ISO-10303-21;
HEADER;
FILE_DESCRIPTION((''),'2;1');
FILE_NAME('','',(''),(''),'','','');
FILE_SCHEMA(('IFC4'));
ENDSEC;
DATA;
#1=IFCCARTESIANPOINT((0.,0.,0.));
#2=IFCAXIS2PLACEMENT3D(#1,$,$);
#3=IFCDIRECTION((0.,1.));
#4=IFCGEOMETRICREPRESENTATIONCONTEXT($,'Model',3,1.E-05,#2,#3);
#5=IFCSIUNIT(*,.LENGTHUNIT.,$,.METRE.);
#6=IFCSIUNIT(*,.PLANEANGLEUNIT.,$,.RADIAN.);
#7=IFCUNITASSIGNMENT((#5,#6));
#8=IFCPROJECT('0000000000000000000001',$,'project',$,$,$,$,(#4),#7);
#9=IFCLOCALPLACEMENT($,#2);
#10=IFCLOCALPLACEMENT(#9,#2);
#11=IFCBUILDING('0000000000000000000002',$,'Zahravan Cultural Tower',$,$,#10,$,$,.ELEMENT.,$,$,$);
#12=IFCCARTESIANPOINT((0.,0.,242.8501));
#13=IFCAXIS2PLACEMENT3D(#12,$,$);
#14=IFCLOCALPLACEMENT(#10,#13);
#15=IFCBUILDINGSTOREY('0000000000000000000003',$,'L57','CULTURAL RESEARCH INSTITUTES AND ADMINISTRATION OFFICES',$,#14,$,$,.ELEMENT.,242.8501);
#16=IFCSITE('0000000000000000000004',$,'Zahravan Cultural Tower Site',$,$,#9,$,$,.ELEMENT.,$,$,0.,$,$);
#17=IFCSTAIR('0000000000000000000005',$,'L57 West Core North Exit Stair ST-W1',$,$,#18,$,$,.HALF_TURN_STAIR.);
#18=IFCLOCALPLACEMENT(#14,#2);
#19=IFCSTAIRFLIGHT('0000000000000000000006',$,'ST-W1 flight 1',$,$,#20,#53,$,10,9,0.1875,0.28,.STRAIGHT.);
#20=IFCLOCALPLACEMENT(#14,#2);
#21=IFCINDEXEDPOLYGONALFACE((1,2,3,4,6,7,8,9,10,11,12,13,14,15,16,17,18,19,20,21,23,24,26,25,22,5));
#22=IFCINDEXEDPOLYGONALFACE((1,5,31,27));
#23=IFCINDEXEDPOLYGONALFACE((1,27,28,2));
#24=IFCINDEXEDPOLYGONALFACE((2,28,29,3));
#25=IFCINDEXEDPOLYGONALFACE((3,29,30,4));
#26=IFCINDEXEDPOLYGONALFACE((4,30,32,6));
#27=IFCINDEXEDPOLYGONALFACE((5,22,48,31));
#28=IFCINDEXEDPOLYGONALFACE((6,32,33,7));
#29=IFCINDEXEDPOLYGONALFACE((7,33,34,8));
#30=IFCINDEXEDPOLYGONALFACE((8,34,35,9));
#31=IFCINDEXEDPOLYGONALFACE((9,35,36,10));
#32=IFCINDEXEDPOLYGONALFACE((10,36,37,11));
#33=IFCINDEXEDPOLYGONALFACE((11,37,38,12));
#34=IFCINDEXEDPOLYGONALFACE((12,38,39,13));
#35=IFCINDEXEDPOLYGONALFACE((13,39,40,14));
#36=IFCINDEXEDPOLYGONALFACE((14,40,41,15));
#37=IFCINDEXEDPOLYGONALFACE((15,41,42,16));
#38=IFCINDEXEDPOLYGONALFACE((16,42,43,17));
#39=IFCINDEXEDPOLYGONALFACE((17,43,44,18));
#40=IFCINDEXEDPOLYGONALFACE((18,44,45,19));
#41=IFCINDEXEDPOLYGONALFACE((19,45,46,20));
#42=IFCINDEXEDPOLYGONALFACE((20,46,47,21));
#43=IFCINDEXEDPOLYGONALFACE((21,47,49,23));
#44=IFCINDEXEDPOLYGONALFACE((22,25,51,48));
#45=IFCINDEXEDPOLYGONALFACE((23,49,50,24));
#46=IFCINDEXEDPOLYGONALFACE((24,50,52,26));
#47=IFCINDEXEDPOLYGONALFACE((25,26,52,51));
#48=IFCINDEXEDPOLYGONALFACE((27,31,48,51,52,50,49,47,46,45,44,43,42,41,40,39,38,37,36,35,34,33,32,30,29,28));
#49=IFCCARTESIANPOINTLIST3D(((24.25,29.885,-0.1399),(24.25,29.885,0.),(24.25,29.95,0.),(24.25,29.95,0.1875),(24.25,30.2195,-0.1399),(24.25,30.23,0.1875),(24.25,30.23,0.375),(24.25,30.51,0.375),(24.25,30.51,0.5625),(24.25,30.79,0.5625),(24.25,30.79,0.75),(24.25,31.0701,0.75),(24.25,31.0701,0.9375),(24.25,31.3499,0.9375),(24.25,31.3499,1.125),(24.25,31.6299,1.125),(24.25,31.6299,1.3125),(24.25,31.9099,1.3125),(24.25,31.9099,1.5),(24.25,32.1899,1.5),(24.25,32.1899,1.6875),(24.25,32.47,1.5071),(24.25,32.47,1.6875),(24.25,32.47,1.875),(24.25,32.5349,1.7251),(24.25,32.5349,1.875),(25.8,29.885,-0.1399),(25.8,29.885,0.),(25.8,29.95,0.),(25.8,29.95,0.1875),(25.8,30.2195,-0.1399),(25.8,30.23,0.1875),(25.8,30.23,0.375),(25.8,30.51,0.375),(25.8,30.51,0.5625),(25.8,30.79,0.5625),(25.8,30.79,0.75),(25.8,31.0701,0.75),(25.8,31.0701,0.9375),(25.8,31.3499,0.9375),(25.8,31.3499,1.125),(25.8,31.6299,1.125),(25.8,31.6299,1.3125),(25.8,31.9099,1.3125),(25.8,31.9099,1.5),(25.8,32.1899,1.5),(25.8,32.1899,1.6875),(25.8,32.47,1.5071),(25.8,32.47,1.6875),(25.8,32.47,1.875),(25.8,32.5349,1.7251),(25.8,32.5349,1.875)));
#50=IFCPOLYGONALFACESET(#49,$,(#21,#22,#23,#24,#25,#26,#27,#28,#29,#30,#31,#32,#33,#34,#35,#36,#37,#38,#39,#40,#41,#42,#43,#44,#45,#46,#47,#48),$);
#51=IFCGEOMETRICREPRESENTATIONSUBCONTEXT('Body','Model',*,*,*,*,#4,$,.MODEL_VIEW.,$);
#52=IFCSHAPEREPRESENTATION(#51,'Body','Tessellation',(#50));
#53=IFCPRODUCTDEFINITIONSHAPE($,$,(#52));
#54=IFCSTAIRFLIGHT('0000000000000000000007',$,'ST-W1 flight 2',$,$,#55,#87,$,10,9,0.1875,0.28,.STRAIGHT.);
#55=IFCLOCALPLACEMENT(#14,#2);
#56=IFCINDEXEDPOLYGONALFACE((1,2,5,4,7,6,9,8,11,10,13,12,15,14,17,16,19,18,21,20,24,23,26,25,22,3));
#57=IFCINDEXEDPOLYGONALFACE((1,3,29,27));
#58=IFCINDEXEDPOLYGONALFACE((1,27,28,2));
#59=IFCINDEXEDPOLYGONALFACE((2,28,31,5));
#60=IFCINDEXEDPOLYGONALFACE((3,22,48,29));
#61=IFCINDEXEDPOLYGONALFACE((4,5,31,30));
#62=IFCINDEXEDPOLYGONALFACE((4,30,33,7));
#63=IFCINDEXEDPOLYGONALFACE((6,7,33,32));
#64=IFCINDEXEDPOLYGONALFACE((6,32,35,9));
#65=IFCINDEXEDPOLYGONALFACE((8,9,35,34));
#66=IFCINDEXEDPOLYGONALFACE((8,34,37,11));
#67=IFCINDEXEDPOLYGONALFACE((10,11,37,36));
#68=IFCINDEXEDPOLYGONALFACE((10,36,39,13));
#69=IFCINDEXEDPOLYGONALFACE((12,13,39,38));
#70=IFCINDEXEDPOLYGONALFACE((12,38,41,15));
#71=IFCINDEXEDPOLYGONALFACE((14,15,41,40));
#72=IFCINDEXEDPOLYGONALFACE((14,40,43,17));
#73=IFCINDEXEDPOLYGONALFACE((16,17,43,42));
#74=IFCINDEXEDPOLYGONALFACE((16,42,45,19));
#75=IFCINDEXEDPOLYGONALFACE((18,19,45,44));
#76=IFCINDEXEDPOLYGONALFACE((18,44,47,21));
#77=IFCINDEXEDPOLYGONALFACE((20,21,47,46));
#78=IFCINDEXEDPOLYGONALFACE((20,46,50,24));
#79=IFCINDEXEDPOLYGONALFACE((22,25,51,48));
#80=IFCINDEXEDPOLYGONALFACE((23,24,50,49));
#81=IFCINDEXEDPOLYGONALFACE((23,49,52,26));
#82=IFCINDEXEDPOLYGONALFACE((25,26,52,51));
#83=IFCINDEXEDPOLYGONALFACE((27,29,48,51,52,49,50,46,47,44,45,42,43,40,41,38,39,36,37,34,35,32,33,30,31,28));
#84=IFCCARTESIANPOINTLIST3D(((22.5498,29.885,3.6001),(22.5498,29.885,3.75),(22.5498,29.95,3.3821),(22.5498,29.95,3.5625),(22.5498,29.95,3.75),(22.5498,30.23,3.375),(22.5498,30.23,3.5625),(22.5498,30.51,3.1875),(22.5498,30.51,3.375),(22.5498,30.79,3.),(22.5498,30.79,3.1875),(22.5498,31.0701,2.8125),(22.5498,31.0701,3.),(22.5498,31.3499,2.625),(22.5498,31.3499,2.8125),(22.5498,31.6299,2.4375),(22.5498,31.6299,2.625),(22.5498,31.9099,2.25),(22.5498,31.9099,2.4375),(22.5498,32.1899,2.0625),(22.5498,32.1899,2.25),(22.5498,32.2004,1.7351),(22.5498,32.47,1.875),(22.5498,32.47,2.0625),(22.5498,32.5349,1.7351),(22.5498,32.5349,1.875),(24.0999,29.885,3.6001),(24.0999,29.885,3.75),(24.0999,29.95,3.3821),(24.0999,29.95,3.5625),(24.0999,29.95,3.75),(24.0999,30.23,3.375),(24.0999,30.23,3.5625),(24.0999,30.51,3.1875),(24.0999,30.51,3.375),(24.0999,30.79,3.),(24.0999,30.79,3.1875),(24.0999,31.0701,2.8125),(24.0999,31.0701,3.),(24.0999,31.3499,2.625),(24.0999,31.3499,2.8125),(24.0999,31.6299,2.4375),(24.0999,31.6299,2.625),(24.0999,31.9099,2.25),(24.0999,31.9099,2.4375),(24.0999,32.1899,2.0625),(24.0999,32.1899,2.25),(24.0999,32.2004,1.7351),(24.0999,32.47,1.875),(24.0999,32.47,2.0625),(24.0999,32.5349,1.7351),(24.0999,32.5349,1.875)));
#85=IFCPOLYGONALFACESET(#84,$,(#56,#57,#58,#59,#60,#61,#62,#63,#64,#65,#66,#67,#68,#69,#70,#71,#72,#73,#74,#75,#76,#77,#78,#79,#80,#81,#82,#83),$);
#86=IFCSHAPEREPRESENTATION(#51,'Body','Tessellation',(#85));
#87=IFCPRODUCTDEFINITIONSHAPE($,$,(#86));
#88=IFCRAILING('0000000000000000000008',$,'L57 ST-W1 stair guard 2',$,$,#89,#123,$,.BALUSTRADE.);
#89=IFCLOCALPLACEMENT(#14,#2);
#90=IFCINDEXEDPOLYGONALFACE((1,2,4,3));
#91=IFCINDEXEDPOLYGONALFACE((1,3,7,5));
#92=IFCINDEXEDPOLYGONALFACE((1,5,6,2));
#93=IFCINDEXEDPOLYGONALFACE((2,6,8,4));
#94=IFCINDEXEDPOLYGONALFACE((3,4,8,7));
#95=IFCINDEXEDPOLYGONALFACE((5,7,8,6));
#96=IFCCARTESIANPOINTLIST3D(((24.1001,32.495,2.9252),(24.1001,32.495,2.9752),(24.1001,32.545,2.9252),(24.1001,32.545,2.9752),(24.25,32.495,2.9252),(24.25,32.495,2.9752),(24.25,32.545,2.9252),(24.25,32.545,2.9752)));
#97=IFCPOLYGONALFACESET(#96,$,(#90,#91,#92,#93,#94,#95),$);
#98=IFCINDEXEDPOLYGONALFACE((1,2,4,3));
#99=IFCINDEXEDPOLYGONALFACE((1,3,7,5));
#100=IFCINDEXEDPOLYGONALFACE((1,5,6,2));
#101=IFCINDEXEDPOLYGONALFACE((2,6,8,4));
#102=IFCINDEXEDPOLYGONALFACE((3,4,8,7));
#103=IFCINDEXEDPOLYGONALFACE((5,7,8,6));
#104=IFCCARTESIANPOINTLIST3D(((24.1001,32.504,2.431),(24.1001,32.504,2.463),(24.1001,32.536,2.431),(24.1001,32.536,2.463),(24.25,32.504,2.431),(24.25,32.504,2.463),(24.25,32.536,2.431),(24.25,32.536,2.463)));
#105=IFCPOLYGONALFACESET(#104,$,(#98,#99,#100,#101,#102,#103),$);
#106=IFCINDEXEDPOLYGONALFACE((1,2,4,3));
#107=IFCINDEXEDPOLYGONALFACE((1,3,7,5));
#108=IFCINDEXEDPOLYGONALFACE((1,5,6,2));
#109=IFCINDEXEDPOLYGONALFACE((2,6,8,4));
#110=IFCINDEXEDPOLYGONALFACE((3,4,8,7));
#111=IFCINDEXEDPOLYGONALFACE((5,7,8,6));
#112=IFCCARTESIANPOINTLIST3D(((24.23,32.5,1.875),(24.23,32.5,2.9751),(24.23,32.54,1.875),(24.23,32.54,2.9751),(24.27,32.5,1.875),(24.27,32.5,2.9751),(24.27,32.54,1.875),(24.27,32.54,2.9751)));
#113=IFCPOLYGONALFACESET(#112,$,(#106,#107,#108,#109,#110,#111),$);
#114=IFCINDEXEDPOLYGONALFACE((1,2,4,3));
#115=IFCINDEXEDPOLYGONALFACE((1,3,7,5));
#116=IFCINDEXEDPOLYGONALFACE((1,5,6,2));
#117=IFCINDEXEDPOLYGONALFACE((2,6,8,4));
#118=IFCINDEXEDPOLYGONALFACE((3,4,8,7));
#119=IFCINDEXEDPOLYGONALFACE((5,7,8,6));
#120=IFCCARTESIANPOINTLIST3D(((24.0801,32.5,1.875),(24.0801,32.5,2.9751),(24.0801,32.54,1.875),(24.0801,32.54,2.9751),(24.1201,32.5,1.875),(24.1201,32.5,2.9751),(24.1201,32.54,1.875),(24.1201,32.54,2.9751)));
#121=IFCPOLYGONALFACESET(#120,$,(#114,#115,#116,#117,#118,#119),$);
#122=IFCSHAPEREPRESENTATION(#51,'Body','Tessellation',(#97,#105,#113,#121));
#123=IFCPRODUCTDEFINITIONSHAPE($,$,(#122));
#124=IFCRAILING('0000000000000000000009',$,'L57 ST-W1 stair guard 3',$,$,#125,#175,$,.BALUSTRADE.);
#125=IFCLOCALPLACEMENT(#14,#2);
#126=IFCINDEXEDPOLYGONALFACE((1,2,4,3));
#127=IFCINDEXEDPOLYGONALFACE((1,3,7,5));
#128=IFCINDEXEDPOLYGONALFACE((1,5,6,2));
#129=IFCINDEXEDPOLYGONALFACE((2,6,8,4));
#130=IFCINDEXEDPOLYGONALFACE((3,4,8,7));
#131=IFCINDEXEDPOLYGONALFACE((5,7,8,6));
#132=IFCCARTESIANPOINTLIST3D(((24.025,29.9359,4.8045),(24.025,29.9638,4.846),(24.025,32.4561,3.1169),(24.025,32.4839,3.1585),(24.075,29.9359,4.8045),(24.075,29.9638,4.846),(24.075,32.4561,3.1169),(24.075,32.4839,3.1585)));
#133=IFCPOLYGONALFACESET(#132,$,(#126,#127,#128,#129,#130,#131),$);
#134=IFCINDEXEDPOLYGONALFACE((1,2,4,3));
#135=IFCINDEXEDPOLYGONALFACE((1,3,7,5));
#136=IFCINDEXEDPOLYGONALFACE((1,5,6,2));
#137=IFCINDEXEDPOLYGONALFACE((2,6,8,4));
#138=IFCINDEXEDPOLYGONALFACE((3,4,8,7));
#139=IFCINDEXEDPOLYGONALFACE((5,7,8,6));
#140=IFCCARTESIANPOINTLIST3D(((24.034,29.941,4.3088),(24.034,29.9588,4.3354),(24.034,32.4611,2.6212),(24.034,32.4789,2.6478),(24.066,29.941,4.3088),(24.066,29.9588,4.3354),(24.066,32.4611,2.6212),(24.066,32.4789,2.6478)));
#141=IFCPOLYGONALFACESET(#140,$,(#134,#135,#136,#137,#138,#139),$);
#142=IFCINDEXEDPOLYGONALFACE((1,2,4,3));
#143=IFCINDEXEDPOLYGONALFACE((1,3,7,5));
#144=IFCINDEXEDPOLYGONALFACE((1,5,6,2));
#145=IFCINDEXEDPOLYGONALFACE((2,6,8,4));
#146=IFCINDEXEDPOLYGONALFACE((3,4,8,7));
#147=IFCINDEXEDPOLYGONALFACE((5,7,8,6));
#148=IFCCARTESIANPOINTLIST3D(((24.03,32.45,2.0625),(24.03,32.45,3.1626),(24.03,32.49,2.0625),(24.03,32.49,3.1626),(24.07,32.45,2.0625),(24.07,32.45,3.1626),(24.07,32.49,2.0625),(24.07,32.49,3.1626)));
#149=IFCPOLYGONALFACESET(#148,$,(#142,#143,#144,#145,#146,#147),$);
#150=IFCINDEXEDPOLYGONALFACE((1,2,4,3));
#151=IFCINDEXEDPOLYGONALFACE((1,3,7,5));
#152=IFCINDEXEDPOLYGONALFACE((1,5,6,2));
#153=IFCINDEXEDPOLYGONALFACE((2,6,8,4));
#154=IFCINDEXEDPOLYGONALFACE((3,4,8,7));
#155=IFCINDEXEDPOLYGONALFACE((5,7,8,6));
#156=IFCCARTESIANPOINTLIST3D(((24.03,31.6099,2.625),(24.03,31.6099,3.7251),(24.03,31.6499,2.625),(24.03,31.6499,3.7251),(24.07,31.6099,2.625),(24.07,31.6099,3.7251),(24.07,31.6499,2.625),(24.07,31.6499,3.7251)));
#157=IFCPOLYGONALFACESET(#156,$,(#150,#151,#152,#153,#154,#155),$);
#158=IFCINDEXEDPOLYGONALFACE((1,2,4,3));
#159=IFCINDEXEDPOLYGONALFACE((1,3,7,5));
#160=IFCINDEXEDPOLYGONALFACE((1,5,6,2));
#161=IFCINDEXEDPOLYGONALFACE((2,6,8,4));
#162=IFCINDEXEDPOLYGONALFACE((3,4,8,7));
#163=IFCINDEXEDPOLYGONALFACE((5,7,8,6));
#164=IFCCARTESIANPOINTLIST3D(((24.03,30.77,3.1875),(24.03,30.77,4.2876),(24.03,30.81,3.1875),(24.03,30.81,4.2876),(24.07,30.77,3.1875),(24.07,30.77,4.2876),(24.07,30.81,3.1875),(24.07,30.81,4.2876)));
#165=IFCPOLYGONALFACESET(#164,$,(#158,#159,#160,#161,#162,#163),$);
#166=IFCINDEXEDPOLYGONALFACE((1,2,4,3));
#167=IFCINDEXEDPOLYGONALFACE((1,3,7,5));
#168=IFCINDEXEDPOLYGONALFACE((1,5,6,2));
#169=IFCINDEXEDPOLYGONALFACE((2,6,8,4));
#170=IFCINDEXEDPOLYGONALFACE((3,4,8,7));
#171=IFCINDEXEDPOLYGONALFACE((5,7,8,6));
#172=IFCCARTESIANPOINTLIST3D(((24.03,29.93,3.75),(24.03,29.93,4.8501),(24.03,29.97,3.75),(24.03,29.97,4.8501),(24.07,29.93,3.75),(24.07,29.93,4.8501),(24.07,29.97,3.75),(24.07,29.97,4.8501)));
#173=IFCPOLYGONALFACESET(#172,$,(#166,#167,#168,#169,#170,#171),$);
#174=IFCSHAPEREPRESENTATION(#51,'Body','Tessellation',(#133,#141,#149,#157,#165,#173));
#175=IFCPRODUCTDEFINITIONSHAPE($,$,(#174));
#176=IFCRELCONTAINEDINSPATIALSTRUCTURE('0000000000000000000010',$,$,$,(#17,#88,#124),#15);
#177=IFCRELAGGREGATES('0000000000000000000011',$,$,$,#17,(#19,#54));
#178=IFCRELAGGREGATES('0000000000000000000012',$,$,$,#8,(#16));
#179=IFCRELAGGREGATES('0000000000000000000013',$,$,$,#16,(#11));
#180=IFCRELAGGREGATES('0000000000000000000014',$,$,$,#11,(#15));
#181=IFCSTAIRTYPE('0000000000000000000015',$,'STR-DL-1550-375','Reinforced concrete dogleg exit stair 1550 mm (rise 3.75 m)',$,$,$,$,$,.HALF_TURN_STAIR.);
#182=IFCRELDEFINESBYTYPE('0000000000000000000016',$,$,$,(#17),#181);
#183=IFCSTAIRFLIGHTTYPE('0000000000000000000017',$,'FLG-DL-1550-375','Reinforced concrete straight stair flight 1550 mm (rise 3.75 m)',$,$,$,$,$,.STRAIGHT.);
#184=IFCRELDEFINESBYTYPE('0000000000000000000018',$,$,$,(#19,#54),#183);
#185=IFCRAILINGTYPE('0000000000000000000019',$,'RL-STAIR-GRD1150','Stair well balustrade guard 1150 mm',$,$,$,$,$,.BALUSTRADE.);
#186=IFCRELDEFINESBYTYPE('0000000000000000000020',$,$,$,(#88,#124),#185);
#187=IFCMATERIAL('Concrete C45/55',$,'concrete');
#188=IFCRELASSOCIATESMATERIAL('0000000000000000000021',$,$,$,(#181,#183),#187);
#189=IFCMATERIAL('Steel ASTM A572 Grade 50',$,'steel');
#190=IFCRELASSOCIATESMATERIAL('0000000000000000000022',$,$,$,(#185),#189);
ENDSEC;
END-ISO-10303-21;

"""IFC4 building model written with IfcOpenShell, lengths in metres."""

from ifc_helpers import new_model, si_unit, direction, frame, origin, origin_2d, place, context, subcontext, project, spatial, polyline, rectangle, outline, extrude, material, type_object, element, aggregate, save


model = new_model("IFC4")

# Units and contexts
model_context = context("Model", 3, precision=1e-05, world=origin(), true_north=direction((0.0, 1.0)))
body_context = subcontext(model_context, "Body", "Model", "MODEL_VIEW")
ifc_project = project(units=[si_unit("LENGTHUNIT", "METRE"), si_unit("PLANEANGLEUNIT", "RADIAN")], contexts=[model_context])

# Site, building, storey
site_placement = place(None, origin())
site = spatial("IfcSite", under=ifc_project, at=site_placement, Name="Zahravan Cultural Tower Site", CompositionType="ELEMENT", RefElevation=0.0)
building_placement = place(site_placement, origin())
building = spatial("IfcBuilding", under=site, at=building_placement, Name="Zahravan Cultural Tower", CompositionType="ELEMENT")
storey_placement = place(building_placement, frame((0.0, 0.0, 242.8501)))
storey = spatial("IfcBuildingStorey", under=building, at=storey_placement, Name="L57", Description="CULTURAL RESEARCH INSTITUTES AND ADMINISTRATION OFFICES", CompositionType="ELEMENT", Elevation=242.8501)

# Shared definitions
ifc_material_1 = material(Name="Concrete C45/55", Category="concrete")

# Stair, stair flights
stair_type = type_object("IfcStairType", Name="STR-DL-1550-375", Description="Reinforced concrete dogleg exit stair 1550 mm (rise 3.75 m)", PredefinedType="HALF_TURN_STAIR", material=ifc_material_1)
stair_placement = place(storey_placement, origin())
stair = element("IfcStair", 1, at=stair_placement, inside=storey, type_object=stair_type, Name="L57 West Core North Exit Stair ST-W1", PredefinedType="HALF_TURN_STAIR")
stair_flight_type = type_object("IfcStairFlightType", Name="FLG-DL-1550-375", Description="Reinforced concrete straight stair flight 1550 mm (rise 3.75 m)", PredefinedType="STRAIGHT", material=ifc_material_1)
stair_flight_1_placement = place(storey_placement, frame((25.0249, 29.95, 0.0), z_axis=(0.0, 0.0, 1.0), x_axis=(0.0, 1.0, 0.0)))
stair_flight_1 = element("IfcStairFlight", 2, at=stair_flight_1_placement, type_object=stair_flight_type, Name="ST-W1 flight 1", NumberOfRisers=10, NumberOfTreads=9, PredefinedType="STRAIGHT", RiserHeight=0.1875, TreadLength=0.28, context=body_context, shape_type="SweptSolid", body=[
    extrude(outline(polyline([(-0.0649, -0.1399), (-0.0649, 0.0), (0.0, 0.0), (0.0, 0.1875), (0.28, 0.1875), (0.28, 0.375), (0.5601, 0.375), (0.5601, 0.5625), (0.8401, 0.5625), (0.8401, 0.75), (1.1201, 0.75), (1.1201, 0.9375), (1.3999, 0.9375), (1.3999, 1.125), (1.6799, 1.125), (1.6799, 1.3125), (1.96, 1.3125), (1.96, 1.5), (2.24, 1.5), (2.24, 1.6875), (2.52, 1.6875), (2.52, 1.875), (2.585, 1.875), (2.585, 1.7251), (2.52, 1.5071), (0.2695, -0.1399), (-0.0649, -0.1399)])), frame((0.0, 0.7749, 0.0), z_axis=(0.0, -1.0, 0.0), x_axis=(1.0, 0.0, 0.0)), (0.0, 0.0, 1.0), 1.55),
])
stair_flight_2_placement = place(storey_placement, frame((23.325, 32.47, 1.875), z_axis=(0.0, 0.0, 1.0), x_axis=(0.0, -1.0, 0.0)))
stair_flight_2 = element("IfcStairFlight", 3, at=stair_flight_2_placement, type_object=stair_flight_type, Name="ST-W1 flight 2", NumberOfRisers=10, NumberOfTreads=9, PredefinedType="STRAIGHT", RiserHeight=0.1875, TreadLength=0.28, context=body_context, shape_type="SweptSolid", body=[
    extrude(outline(polyline([(-0.0649, -0.1399), (-0.0649, 0.0), (0.0, 0.0), (0.0, 0.1875), (0.28, 0.1875), (0.28, 0.375), (0.5601, 0.375), (0.5601, 0.5625), (0.8401, 0.5625), (0.8401, 0.75), (1.1201, 0.75), (1.1201, 0.9375), (1.3999, 0.9375), (1.3999, 1.125), (1.6799, 1.125), (1.6799, 1.3125), (1.96, 1.3125), (1.96, 1.5), (2.24, 1.5), (2.24, 1.6875), (2.52, 1.6875), (2.52, 1.875), (2.585, 1.875), (2.585, 1.7251), (2.52, 1.5071), (0.2695, -0.1399), (-0.0649, -0.1399)])), frame((0.0, 0.7749, 0.0), z_axis=(0.0, -1.0, 0.0), x_axis=(1.0, 0.0, 0.0)), (0.0, 0.0, 1.0), 1.55),
])
aggregate(stair, [stair_flight_1, stair_flight_2])

# Railings
ifc_material_2 = material(Name="Steel ASTM A572 Grade 50", Category="steel")
railing_type_1 = type_object("IfcRailingType", Name="RL-STAIR-GRD1150", Description="Stair well balustrade guard 1150 mm", PredefinedType="BALUSTRADE", material=ifc_material_2)
railing_1_placement = place(storey_placement, frame((24.25, 32.52, 1.875)))
element("IfcRailing", 4, at=railing_1_placement, inside=storey, type_object=railing_type_1, Name="L57 ST-W1 stair guard 2", PredefinedType="BALUSTRADE", context=body_context, shape_type="SweptSolid", body=[
    extrude(rectangle(XDim=0.05, YDim=0.05, at=origin_2d()), frame((0.0, 0.0, 1.0752), z_axis=(-1.0, 0.0, 0.0), x_axis=(0.0, -1.0, 0.0)), (0.0, 0.0, 1.0), 0.1499),
    extrude(rectangle(XDim=0.032, YDim=0.032, at=origin_2d()), frame((0.0, 0.0, 0.572), z_axis=(-1.0, 0.0, 0.0), x_axis=(0.0, -1.0, 0.0)), (0.0, 0.0, 1.0), 0.1499),
    extrude(rectangle(XDim=0.04, YDim=0.04, at=origin_2d()), origin(), (0.0, 0.0, 1.0), 1.1001),
    extrude(rectangle(XDim=0.04, YDim=0.04, at=origin_2d()), frame((-0.1499, 0.0, 0.0)), (0.0, 0.0, 1.0), 1.1001),
])
railing_2_placement = place(storey_placement, frame((24.05, 32.47, 2.0625)))
element("IfcRailing", 5, at=railing_2_placement, inside=storey, type_object=railing_type_1, Name="L57 ST-W1 stair guard 3", PredefinedType="BALUSTRADE", context=body_context, shape_type="SweptSolid", body=[
    extrude(rectangle(XDim=0.05, YDim=0.05, at=origin_2d()), frame((0.0, 0.0, 1.0752), z_axis=(0.0, -0.830909, 0.556408), x_axis=(1.0, 0.0, 0.0)), (0.0, 0.0, 1.0), 3.033),
    extrude(rectangle(XDim=0.032, YDim=0.032, at=origin_2d()), frame((0.0, 0.0, 0.572), z_axis=(0.0, -0.830909, 0.556408), x_axis=(1.0, 0.0, 0.0)), (0.0, 0.0, 1.0), 3.033),
    extrude(rectangle(XDim=0.04, YDim=0.04, at=origin_2d()), origin(), (0.0, 0.0, 1.0), 1.1001),
    extrude(rectangle(XDim=0.04, YDim=0.04, at=origin_2d()), frame((0.0, -0.8401, 0.5625)), (0.0, 0.0, 1.0), 1.1001),
    extrude(rectangle(XDim=0.04, YDim=0.04, at=origin_2d()), frame((0.0, -1.6799, 1.125)), (0.0, 0.0, 1.0), 1.1001),
    extrude(rectangle(XDim=0.04, YDim=0.04, at=origin_2d()), frame((0.0, -2.52, 1.6875)), (0.0, 0.0, 1.0), 1.1001),
])

save(model, "model.ifc")
